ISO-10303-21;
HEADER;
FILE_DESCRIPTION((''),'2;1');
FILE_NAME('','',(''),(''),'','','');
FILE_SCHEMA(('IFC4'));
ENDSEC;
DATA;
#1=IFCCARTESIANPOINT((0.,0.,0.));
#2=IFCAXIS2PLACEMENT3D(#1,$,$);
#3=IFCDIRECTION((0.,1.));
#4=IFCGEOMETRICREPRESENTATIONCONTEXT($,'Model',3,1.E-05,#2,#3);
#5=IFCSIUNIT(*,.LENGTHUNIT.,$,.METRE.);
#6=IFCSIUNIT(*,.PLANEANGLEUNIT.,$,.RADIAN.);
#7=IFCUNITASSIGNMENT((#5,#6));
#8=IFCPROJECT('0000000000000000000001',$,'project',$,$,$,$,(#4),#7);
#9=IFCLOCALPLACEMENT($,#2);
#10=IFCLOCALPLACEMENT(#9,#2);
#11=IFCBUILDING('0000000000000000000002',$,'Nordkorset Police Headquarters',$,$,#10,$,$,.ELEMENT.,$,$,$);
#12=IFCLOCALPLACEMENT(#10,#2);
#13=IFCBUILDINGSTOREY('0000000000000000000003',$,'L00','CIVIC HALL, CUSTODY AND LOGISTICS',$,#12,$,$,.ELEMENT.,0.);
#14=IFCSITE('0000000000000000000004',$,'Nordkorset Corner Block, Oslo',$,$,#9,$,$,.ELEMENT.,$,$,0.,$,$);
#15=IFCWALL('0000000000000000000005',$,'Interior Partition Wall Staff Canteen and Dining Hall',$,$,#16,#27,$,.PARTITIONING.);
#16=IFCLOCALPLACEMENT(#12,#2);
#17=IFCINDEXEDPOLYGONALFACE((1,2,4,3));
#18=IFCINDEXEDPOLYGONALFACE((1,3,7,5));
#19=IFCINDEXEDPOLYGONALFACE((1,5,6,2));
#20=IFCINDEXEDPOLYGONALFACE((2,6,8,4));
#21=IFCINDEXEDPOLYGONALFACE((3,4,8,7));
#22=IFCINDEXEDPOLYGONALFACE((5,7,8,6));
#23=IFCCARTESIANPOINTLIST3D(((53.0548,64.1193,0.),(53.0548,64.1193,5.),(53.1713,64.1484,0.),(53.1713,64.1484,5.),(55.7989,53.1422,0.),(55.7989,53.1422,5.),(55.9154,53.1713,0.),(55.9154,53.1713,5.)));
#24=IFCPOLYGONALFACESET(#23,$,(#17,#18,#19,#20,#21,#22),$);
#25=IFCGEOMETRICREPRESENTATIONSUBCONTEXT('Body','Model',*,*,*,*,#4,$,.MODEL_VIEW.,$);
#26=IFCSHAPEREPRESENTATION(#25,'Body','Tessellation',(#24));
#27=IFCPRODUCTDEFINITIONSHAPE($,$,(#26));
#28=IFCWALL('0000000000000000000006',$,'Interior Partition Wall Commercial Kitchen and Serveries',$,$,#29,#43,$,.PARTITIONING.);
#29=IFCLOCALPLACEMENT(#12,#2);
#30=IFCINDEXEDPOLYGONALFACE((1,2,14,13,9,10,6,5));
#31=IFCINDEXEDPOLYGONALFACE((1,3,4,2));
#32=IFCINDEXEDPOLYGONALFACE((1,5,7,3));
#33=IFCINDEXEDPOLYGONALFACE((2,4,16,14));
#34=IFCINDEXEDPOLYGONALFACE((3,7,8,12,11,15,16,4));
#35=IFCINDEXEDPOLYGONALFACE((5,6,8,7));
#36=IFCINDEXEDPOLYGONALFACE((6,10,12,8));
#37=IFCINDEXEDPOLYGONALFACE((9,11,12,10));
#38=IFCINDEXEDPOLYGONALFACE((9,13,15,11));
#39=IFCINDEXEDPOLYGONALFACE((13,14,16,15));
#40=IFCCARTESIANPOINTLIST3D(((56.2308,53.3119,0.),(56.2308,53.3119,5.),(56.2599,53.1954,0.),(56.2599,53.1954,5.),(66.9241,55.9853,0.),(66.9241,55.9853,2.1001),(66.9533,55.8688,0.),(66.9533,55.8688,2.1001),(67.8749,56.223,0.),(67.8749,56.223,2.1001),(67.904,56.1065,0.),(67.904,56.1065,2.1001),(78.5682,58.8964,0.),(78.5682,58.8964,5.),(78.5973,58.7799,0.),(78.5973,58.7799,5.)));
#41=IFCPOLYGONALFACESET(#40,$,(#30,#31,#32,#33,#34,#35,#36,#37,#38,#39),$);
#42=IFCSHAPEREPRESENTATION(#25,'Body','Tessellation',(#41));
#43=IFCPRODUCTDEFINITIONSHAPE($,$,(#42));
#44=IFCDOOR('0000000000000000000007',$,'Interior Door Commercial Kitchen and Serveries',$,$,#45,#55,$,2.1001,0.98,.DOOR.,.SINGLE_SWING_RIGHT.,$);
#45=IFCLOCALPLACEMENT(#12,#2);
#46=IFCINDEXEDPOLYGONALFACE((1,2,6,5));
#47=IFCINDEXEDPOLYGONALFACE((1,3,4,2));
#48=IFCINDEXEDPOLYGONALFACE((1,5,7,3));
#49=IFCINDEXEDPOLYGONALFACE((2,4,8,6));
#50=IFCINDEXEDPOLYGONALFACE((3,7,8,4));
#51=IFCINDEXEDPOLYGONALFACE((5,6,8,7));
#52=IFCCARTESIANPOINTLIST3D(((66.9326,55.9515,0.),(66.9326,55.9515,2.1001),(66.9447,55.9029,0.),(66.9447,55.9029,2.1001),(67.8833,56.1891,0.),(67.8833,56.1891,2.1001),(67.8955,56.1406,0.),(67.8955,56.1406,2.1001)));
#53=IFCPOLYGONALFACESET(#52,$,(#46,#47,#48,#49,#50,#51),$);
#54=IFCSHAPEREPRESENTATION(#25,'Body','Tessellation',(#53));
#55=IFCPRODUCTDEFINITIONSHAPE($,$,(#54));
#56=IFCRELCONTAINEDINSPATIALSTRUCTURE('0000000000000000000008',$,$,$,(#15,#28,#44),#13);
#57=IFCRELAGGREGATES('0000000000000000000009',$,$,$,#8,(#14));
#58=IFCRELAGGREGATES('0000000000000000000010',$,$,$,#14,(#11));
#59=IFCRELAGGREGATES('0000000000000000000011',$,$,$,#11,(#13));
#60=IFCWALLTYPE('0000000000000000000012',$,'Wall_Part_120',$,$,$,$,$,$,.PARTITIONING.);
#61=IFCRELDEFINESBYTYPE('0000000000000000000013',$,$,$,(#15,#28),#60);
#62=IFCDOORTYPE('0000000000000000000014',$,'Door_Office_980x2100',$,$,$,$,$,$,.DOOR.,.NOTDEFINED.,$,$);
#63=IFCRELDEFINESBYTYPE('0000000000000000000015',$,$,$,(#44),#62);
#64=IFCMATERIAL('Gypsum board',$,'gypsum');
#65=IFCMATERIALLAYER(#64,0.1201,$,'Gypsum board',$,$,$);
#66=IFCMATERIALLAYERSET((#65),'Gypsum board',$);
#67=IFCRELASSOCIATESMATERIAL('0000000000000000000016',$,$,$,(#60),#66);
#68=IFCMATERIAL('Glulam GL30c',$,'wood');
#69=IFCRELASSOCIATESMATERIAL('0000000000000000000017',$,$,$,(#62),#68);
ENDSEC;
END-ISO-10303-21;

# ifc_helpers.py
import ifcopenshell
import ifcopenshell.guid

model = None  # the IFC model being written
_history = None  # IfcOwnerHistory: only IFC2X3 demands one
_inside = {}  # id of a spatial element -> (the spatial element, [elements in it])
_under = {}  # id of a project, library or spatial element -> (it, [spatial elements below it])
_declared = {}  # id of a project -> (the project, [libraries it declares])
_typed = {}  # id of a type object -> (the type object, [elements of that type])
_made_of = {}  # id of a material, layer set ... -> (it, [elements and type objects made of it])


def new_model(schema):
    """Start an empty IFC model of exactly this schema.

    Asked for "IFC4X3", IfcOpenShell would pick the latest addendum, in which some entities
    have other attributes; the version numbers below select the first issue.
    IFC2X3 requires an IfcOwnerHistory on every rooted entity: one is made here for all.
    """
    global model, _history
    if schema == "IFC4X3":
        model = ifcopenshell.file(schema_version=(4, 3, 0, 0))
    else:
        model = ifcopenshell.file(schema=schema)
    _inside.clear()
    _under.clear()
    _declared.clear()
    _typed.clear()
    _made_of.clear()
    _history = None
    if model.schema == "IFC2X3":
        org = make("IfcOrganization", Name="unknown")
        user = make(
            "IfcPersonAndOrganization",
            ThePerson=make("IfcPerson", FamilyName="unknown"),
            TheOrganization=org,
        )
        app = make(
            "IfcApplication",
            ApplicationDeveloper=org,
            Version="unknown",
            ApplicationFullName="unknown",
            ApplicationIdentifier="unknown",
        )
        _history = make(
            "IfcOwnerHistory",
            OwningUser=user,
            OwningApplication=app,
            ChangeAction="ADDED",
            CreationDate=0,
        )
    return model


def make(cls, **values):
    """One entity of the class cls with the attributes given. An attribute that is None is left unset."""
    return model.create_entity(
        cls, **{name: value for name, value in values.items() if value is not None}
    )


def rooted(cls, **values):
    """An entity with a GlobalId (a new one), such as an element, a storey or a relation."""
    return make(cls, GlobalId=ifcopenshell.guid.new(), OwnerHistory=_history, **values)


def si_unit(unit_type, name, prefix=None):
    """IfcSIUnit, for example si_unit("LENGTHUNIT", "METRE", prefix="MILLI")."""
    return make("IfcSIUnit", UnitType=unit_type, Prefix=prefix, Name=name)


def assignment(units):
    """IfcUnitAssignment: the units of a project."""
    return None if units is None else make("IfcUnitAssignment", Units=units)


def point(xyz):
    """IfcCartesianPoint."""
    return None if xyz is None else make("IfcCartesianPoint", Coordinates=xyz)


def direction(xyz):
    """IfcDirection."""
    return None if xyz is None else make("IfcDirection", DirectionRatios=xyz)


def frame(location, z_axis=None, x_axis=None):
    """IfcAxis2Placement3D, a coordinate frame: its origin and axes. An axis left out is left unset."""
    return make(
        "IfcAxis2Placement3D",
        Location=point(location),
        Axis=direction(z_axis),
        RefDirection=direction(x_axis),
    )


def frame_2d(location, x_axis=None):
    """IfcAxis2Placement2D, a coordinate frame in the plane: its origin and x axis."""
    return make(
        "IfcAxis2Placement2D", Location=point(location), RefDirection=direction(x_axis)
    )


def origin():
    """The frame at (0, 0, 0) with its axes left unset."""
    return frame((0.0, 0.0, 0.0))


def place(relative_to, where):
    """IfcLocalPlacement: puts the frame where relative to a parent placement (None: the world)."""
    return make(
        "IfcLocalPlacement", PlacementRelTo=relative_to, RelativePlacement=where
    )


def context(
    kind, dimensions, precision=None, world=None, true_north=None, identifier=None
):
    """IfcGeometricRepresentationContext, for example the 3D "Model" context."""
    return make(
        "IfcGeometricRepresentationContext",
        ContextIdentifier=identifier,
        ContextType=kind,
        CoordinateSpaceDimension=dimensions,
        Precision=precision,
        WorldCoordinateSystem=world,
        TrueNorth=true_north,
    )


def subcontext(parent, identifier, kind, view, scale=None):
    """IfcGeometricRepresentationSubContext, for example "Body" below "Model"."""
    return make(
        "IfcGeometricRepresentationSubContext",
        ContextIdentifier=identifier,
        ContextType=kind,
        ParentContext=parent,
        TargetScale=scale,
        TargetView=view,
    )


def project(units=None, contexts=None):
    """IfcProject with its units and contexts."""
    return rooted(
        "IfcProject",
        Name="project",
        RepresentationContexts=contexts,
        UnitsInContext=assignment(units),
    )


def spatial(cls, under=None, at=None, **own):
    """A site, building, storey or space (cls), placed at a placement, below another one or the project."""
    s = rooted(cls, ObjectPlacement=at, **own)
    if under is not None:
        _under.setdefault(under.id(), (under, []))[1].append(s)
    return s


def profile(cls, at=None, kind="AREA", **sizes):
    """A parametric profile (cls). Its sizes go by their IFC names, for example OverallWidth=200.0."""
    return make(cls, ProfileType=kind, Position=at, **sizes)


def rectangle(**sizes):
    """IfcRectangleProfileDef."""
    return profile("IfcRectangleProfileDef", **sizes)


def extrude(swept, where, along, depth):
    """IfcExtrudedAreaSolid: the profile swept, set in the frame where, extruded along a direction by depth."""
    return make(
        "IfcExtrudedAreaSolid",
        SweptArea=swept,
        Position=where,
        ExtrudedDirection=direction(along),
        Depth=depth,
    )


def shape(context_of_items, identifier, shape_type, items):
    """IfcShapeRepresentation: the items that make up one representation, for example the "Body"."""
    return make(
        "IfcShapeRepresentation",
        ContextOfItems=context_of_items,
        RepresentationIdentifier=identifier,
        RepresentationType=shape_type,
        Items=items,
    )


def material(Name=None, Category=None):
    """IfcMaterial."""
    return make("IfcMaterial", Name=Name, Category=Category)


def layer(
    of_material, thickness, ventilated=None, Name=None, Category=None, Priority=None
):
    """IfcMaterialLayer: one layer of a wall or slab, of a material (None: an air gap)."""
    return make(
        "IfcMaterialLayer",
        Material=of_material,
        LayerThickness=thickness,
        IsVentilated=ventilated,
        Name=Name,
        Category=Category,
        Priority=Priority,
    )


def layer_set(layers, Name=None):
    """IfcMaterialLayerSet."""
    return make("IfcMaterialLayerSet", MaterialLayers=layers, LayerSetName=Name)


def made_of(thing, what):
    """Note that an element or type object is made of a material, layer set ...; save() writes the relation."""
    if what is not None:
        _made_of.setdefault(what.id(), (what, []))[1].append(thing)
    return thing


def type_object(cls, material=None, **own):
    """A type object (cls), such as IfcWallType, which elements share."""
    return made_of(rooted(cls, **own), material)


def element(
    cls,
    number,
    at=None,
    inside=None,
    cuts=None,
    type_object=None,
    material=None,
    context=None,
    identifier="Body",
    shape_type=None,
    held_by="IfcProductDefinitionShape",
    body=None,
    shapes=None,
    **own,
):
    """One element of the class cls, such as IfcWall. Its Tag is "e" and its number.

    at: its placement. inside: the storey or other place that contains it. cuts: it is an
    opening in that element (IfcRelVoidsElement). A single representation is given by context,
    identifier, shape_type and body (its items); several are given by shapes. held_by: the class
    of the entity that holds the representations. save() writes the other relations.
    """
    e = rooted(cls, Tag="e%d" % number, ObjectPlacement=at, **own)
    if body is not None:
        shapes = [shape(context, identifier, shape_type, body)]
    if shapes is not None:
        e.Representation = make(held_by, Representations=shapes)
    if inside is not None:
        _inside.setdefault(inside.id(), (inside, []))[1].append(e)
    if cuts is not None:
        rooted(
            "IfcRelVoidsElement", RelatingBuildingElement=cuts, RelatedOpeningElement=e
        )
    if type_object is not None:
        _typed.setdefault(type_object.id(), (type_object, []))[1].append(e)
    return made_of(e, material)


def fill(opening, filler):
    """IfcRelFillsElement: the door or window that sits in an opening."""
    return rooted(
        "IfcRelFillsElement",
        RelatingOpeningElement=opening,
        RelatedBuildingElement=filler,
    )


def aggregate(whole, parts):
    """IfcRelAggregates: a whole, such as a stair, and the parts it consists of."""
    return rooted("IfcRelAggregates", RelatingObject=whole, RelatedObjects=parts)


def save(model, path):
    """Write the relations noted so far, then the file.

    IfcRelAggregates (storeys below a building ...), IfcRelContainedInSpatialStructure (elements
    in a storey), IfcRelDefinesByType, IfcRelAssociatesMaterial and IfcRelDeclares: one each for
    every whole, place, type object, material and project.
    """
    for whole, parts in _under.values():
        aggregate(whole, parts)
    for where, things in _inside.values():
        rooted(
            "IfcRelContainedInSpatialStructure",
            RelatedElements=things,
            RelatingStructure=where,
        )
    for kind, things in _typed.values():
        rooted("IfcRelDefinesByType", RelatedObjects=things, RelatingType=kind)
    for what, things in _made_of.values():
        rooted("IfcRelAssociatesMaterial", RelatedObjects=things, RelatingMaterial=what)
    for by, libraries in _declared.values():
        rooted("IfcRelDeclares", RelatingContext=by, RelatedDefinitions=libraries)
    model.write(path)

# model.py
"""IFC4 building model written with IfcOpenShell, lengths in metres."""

from ifc_helpers import new_model, si_unit, direction, frame, frame_2d, origin, place, context, subcontext, project, spatial, rectangle, extrude, material, layer, layer_set, type_object, element, fill, save


model = new_model("IFC4")

# Units and contexts
model_context = context("Model", 3, precision=1e-05, world=origin(), true_north=direction((0.0, 1.0)))
body_context = subcontext(model_context, "Body", "Model", "MODEL_VIEW")
ifc_project = project(units=[si_unit("LENGTHUNIT", "METRE"), si_unit("PLANEANGLEUNIT", "RADIAN")], contexts=[model_context])

# Site, building, storey
site_placement = place(None, origin())
site = spatial("IfcSite", under=ifc_project, at=site_placement, Name="Nordkorset Corner Block, Oslo", CompositionType="ELEMENT", RefElevation=0.0)
building_placement = place(site_placement, origin())
building = spatial("IfcBuilding", under=site, at=building_placement, Name="Nordkorset Police Headquarters", CompositionType="ELEMENT")
storey_placement = place(building_placement, origin())
storey = spatial("IfcBuildingStorey", under=building, at=storey_placement, Name="L00", Description="CIVIC HALL, CUSTODY AND LOGISTICS", CompositionType="ELEMENT", Elevation=0.0)

# Wall
ifc_material_1 = material(Name="Gypsum board", Category="gypsum")
ifc_layer_1 = layer(ifc_material_1, 0.1201, Name="Gypsum board")
ifc_layer_set_1 = layer_set([ifc_layer_1], Name="Gypsum board")
wall_type = type_object("IfcWallType", Name="Wall_Part_120", PredefinedType="PARTITIONING", material=ifc_layer_set_1)
wall_1_placement = place(storey_placement, frame((55.8572, 53.1567, 0.0), z_axis=(0.0, 0.0, 1.0), x_axis=(-0.242525, 0.970145, 0.0)))
element("IfcWall", 1, at=wall_1_placement, inside=storey, type_object=wall_type, Name="Interior Partition Wall Staff Canteen and Dining Hall", PredefinedType="PARTITIONING", context=body_context, shape_type="SweptSolid", body=[
    extrude(rectangle(XDim=11.3149, YDim=0.1201, at=frame_2d((5.6575, 0.0))), origin(), (0.0, 0.0, 1.0), 5.0),
])

# Wall, opening, door
wall_2_placement = place(storey_placement, frame((56.2454, 53.2537, 0.0), z_axis=(0.0, 0.0, 1.0), x_axis=(0.970141, 0.242541, 0.0)))
wall_2 = element("IfcWall", 2, at=wall_2_placement, inside=storey, type_object=wall_type, Name="Interior Partition Wall Commercial Kitchen and Serveries", PredefinedType="PARTITIONING", context=body_context, shape_type="SweptSolid", body=[
    extrude(rectangle(XDim=23.0249, YDim=0.1201, at=frame_2d((11.5125, 0.0))), origin(), (0.0, 0.0, 1.0), 5.0),
])
opening_placement = place(wall_2_placement, frame((11.0225, 0.0, 0.0)))
opening = element("IfcOpeningElement", 3, at=opening_placement, cuts=wall_2, PredefinedType="OPENING", context=body_context, shape_type="SweptSolid", body=[
    extrude(rectangle(XDim=0.98, YDim=2.1001, at=frame_2d((0.49, 1.05))), frame((0.0, 0.0701, 0.0), z_axis=(0.0, -1.0, 0.0), x_axis=(1.0, 0.0, 0.0)), (0.0, 0.0, 1.0), 0.1401),
])
ifc_material_2 = material(Name="Glulam GL30c", Category="wood")
door_type = type_object("IfcDoorType", Name="Door_Office_980x2100", OperationType="NOTDEFINED", PredefinedType="DOOR", material=ifc_material_2)
door_placement = place(opening_placement, frame((0.98, 0.0, 0.0), z_axis=(0.0, 0.0, 1.0), x_axis=(-1.0, 0.0, 0.0)))
door = element("IfcDoor", 4, at=door_placement, inside=storey, type_object=door_type, Name="Interior Door Commercial Kitchen and Serveries", OperationType="SINGLE_SWING_RIGHT", OverallHeight=2.1001, OverallWidth=0.98, PredefinedType="DOOR", context=body_context, shape_type="SweptSolid", body=[
    extrude(rectangle(XDim=0.98, YDim=2.1001, at=frame_2d((0.49, 1.05))), frame((0.0, 0.0249, 0.0), z_axis=(0.0, -1.0, 0.0), x_axis=(1.0, 0.0, 0.0)), (0.0, 0.0, 1.0), 0.05),
])
fill(opening, door)

save(model, "model.ifc")
